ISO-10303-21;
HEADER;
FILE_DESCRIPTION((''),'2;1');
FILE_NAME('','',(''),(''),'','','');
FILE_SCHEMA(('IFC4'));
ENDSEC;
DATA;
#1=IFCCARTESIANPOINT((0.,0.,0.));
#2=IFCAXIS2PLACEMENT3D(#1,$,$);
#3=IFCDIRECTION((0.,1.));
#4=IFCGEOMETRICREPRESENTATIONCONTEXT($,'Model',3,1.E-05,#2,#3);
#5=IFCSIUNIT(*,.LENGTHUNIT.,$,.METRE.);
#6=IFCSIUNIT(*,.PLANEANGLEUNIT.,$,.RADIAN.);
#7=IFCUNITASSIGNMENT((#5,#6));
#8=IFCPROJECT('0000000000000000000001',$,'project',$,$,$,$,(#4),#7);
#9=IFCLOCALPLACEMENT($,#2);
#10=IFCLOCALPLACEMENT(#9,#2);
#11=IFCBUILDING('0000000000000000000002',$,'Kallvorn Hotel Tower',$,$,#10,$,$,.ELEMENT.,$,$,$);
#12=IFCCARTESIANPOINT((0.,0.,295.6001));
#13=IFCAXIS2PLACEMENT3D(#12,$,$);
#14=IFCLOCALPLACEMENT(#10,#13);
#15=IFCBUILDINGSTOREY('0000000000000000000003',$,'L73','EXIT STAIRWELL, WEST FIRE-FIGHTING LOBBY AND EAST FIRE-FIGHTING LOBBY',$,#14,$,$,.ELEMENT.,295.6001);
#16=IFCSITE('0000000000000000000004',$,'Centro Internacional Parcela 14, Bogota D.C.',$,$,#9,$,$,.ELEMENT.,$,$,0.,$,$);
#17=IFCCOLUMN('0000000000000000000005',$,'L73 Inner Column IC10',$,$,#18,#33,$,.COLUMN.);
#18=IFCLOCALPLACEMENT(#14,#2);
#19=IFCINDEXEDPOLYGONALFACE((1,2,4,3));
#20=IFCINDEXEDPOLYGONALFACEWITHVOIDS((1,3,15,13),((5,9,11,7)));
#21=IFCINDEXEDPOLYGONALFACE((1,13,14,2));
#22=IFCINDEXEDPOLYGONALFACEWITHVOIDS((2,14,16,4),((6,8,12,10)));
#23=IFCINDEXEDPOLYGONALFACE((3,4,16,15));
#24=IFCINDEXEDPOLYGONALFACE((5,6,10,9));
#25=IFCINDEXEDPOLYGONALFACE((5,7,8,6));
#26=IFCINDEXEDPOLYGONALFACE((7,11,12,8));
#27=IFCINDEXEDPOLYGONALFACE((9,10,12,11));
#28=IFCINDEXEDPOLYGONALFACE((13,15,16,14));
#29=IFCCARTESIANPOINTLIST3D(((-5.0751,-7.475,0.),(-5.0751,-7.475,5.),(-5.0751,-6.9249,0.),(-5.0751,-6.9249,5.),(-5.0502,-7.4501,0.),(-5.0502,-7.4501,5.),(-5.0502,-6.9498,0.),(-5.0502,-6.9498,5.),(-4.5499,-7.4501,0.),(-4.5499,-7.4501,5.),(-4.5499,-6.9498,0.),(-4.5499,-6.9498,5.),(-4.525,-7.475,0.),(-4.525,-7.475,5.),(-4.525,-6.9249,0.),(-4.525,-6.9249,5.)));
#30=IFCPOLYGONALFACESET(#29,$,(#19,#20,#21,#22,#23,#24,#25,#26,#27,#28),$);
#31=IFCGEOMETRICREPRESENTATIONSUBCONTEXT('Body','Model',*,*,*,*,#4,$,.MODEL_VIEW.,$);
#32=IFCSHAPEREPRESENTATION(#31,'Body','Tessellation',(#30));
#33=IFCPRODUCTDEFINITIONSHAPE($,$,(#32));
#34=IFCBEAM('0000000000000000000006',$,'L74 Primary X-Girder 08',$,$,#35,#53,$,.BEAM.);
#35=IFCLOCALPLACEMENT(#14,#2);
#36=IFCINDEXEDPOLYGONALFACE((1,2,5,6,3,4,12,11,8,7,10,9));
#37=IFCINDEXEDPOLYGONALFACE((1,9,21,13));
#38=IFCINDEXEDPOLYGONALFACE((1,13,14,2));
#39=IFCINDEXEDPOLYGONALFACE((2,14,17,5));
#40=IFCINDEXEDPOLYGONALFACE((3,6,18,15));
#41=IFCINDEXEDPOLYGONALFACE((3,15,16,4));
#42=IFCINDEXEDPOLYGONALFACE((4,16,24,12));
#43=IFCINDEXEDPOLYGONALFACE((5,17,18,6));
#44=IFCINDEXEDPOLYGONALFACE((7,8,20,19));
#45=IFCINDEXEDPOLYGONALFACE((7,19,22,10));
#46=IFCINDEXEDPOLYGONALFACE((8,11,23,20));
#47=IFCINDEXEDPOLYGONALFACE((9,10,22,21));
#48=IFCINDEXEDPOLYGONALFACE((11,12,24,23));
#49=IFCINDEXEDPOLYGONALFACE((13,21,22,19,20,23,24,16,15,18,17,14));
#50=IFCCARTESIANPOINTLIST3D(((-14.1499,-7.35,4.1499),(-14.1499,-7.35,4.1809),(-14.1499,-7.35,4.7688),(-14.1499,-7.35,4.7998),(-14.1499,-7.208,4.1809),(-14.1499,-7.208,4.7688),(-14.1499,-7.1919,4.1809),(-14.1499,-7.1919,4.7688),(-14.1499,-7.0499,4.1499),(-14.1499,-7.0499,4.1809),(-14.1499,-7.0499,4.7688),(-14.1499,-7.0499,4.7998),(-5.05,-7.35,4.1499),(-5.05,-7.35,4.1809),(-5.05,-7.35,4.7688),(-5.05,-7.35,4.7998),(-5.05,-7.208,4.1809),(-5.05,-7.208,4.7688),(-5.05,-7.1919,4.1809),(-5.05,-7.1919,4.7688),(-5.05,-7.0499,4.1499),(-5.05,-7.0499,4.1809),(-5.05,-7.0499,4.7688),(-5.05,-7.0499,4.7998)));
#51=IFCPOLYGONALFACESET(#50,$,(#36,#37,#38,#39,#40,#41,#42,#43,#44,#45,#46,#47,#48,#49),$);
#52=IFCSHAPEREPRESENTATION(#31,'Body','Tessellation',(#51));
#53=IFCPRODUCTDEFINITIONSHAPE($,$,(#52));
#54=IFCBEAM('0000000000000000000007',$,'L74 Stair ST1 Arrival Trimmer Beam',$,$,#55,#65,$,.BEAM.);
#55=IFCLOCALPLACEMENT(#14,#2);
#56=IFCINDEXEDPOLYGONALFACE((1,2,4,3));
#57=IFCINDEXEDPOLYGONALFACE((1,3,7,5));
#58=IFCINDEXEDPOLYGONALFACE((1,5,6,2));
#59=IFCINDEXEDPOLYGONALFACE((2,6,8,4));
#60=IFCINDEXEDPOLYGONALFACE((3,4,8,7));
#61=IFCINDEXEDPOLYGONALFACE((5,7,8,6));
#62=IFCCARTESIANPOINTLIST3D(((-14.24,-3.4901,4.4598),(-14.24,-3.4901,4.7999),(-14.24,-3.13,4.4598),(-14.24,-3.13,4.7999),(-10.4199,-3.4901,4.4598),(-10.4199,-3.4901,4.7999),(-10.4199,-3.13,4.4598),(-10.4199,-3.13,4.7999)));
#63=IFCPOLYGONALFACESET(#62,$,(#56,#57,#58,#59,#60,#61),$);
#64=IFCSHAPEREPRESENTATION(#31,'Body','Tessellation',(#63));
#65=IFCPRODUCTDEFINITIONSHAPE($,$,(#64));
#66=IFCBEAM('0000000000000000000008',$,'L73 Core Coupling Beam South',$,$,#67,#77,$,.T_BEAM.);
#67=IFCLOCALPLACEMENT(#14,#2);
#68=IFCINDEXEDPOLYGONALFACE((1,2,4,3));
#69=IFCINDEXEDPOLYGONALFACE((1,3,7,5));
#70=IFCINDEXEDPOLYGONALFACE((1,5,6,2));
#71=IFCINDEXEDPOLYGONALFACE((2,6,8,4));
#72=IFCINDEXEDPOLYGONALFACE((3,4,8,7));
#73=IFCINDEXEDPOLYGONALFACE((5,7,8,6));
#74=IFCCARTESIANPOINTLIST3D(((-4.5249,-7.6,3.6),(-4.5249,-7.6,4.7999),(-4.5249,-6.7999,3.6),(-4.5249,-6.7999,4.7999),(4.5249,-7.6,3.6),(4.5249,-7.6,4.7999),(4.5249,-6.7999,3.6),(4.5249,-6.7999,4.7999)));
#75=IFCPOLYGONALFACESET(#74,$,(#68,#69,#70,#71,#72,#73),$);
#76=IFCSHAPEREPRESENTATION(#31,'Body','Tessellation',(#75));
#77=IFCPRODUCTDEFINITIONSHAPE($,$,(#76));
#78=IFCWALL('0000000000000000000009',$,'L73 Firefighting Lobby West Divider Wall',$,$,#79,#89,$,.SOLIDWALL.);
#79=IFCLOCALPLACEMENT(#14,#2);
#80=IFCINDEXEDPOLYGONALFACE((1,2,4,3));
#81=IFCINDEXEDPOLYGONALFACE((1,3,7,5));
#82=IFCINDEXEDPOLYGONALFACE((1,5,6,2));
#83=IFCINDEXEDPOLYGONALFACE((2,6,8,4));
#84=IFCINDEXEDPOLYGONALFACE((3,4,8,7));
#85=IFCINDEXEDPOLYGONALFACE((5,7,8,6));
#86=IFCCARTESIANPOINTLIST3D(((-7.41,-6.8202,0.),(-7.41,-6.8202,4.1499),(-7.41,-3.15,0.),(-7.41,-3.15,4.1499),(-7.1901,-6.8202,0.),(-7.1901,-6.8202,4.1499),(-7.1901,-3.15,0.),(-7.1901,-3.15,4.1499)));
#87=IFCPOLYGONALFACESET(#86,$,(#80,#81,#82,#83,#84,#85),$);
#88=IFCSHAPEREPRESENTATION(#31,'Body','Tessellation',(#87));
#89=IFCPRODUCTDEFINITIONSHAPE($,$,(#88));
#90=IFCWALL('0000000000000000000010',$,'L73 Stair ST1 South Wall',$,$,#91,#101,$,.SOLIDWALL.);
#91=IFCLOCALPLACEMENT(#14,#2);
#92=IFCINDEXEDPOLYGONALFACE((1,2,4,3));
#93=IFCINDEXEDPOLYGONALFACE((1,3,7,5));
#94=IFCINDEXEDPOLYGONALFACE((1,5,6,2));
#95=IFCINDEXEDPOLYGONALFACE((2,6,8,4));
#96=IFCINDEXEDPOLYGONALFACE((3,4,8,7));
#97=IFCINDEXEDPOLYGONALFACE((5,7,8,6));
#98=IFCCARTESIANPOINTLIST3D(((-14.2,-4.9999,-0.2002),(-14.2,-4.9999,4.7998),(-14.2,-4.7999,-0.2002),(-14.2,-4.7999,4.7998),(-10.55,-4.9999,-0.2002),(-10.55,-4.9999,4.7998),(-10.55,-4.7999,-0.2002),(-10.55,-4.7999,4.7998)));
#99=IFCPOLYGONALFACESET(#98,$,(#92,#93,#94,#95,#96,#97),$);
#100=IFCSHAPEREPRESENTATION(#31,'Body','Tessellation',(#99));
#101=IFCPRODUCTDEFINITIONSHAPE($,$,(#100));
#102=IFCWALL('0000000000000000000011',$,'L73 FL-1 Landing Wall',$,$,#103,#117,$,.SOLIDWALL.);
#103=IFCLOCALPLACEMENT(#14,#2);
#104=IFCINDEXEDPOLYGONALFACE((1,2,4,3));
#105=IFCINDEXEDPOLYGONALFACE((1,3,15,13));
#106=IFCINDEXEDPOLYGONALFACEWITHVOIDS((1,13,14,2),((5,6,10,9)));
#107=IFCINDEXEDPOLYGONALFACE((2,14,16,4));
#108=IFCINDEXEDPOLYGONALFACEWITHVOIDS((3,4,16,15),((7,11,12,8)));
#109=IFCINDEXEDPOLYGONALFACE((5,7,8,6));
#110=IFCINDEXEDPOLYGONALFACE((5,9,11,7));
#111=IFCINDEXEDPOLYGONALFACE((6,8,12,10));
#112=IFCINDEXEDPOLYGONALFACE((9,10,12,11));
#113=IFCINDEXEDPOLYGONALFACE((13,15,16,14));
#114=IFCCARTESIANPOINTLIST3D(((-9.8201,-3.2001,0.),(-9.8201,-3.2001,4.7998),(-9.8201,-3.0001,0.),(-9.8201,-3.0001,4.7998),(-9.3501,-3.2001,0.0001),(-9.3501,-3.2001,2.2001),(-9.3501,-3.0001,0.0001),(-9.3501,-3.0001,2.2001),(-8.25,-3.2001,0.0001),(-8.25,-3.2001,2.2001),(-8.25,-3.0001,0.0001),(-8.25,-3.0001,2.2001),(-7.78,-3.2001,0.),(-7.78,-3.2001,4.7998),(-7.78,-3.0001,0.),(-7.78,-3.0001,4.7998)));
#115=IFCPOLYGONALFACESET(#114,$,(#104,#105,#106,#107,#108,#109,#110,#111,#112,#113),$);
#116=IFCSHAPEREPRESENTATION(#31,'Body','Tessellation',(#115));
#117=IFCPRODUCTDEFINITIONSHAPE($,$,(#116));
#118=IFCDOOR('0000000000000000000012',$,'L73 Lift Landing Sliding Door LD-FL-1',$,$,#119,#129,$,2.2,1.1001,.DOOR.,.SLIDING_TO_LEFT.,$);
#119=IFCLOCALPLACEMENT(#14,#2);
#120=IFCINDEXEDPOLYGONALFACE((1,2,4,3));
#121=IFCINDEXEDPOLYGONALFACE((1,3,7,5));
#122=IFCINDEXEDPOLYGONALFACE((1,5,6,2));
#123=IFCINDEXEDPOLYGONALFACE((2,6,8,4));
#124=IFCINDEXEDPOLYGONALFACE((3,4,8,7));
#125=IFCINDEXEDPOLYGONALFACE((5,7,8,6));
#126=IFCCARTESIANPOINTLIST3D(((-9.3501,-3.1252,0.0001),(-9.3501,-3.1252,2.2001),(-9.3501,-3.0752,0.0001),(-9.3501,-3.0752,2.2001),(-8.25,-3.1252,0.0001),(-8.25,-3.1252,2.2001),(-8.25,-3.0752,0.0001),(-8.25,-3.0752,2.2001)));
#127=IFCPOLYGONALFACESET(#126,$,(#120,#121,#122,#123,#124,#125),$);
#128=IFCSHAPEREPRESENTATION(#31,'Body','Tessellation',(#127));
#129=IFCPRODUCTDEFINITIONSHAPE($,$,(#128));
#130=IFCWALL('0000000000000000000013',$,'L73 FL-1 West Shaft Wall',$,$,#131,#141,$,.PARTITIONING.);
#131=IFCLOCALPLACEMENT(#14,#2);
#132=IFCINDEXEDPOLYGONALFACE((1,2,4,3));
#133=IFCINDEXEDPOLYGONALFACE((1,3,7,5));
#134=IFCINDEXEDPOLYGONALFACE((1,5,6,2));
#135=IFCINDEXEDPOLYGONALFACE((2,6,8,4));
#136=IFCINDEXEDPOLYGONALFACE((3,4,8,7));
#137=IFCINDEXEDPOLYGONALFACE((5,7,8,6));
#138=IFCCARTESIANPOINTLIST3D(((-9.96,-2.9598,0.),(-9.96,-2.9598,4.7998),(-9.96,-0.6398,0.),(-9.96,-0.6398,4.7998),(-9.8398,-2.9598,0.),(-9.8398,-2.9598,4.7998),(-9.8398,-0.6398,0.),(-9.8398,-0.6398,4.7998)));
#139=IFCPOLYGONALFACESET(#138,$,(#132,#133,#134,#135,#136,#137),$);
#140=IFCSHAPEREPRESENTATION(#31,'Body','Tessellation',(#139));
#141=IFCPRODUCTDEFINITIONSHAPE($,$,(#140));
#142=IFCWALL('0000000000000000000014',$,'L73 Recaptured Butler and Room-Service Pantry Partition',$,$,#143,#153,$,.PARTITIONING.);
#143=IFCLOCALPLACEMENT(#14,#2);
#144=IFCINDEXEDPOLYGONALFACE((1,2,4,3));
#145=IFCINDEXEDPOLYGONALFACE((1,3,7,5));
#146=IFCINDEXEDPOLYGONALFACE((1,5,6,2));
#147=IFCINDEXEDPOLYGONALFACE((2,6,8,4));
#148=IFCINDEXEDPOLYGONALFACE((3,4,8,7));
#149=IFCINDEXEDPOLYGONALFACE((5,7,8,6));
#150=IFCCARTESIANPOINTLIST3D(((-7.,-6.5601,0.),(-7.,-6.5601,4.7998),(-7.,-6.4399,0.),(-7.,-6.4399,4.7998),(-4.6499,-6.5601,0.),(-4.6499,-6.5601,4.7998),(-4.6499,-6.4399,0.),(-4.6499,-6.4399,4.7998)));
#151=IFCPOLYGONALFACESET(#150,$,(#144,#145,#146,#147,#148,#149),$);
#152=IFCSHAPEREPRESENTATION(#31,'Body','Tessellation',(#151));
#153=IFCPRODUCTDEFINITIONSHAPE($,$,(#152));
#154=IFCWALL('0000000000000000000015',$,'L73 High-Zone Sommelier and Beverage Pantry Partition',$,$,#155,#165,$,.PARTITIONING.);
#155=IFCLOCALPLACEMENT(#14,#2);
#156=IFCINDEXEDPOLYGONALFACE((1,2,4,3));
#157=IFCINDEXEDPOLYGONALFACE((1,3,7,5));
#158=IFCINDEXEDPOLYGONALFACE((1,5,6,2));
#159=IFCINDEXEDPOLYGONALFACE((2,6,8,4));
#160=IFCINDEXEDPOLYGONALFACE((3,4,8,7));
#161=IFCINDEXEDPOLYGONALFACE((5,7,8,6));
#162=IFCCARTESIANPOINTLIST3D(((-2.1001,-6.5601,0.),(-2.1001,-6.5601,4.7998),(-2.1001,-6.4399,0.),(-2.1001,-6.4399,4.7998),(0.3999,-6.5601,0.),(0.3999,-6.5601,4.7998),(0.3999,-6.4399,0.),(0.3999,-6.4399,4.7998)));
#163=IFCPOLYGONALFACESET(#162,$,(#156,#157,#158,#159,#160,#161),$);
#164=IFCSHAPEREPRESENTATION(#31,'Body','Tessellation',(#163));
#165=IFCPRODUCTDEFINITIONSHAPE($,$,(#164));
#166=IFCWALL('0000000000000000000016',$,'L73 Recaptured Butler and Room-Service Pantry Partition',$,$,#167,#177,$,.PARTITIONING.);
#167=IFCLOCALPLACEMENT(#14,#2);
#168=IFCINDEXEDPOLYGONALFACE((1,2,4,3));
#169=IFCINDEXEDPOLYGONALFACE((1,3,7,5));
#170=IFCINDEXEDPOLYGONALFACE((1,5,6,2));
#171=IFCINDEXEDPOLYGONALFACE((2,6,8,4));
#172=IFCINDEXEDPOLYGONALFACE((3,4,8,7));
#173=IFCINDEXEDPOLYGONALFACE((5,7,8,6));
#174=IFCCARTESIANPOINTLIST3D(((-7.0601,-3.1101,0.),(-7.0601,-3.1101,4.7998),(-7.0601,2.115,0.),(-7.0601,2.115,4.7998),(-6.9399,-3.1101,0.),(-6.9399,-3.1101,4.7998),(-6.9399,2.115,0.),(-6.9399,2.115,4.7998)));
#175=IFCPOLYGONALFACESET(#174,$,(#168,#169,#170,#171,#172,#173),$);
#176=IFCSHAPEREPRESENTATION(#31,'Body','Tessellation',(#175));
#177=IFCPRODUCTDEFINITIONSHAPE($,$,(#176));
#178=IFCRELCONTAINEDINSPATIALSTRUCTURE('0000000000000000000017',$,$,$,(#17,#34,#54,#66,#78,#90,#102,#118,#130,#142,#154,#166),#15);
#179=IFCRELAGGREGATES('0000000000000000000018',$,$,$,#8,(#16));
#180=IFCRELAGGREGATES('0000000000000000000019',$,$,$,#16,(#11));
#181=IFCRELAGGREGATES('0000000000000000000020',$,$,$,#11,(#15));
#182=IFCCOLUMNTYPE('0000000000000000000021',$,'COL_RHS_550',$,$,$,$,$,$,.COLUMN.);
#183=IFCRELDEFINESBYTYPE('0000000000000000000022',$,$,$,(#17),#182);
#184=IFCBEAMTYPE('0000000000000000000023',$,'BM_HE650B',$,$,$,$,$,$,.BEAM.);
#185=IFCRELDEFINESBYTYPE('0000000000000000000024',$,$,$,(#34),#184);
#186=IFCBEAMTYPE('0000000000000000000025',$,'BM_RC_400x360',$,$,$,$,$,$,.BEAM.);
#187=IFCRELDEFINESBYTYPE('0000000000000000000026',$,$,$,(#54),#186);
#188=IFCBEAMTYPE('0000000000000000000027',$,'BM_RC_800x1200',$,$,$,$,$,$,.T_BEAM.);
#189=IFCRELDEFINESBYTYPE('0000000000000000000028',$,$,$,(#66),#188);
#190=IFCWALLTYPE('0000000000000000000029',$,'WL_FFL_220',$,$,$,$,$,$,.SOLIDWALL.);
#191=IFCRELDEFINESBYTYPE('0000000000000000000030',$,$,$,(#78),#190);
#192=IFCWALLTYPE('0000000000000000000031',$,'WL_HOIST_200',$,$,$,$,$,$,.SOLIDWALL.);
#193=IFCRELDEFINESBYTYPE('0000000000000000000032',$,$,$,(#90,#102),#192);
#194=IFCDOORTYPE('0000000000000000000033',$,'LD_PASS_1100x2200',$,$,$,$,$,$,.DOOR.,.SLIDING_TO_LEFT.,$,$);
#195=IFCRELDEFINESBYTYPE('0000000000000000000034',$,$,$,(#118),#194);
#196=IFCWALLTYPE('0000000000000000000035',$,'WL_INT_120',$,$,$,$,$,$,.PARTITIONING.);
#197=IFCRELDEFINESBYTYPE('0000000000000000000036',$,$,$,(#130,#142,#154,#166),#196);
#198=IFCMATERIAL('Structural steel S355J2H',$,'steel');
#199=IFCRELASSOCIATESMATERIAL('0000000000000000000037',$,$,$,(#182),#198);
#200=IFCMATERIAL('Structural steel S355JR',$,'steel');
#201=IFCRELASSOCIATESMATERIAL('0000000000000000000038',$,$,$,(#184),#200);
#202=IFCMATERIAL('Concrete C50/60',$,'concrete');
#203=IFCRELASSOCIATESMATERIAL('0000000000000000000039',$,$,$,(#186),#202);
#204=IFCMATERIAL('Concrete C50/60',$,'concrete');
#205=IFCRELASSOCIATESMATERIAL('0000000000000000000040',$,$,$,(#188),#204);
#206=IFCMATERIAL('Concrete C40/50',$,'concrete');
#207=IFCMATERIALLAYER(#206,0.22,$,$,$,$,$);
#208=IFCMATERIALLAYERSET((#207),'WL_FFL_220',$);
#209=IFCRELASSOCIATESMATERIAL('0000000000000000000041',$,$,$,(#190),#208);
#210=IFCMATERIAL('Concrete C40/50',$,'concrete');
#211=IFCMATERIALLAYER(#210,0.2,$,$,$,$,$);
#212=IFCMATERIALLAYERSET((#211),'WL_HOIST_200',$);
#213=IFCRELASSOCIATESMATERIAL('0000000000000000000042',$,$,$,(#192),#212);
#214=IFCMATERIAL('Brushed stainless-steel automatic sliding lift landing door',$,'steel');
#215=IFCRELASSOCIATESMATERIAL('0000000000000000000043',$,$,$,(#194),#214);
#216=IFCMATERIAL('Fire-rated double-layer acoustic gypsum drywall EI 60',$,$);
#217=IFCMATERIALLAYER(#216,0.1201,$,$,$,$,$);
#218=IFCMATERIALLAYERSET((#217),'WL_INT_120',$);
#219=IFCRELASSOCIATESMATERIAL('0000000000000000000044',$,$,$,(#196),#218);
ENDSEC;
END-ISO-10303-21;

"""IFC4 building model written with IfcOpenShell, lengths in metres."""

from ifc_helpers import new_model, si_unit, direction, frame, frame_2d, origin, origin_2d, place, context, subcontext, project, spatial, rectangle, hollow_rectangle, i_section, extrude, material, layer, layer_set, material_profile, profile_set, type_object, element, fill, save


model = new_model("IFC4")

# Units and contexts
model_context = context("Model", 3, precision=1e-05, world=origin(), true_north=direction((0.0, 1.0)))
body_context = subcontext(model_context, "Body", "Model", "MODEL_VIEW")
ifc_project = project(units=[si_unit("LENGTHUNIT", "METRE"), si_unit("PLANEANGLEUNIT", "RADIAN")], contexts=[model_context])

# Site, building, storey
site_placement = place(None, origin())
site = spatial("IfcSite", under=ifc_project, at=site_placement, Name="Centro Internacional Parcela 14, Bogota D.C.", CompositionType="ELEMENT", RefElevation=0.0)
building_placement = place(site_placement, origin())
building = spatial("IfcBuilding", under=site, at=building_placement, Name="Kallvorn Hotel Tower", CompositionType="ELEMENT")
storey_placement = place(building_placement, frame((0.0, 0.0, 295.6001)))
storey = spatial("IfcBuildingStorey", under=building, at=storey_placement, Name="L73", Description="EXIT STAIRWELL, WEST FIRE-FIGHTING LOBBY AND EAST FIRE-FIGHTING LOBBY", CompositionType="ELEMENT", Elevation=295.6001)

# Column
ifc_material_1 = material(Name="Structural steel S355J2H", Category="steel")
ifc_material_profile_1 = material_profile(ifc_material_1, hollow_rectangle(XDim=0.55, YDim=0.55, WallThickness=0.0249, at=origin_2d()), Name="RHS 550x550x25")
ifc_profile_set_1 = profile_set([ifc_material_profile_1], Name="Structural steel S355J2H")
column_type = type_object("IfcColumnType", Name="COL_RHS_550", PredefinedType="COLUMN", material=ifc_profile_set_1)
column_placement = place(storey_placement, frame((-4.8, -7.2, 0.0), z_axis=(0.0, 0.0, 1.0), x_axis=(1.0, 0.0, 0.0)))
element("IfcColumn", 1, at=column_placement, inside=storey, type_object=column_type, Name="L73 Inner Column IC10", PredefinedType="COLUMN", context=body_context, shape_type="SweptSolid", body=[
    extrude(hollow_rectangle(XDim=0.55, YDim=0.55, WallThickness=0.0249, at=origin_2d()), origin(), (0.0, 0.0, 1.0), 5.0),
])

# Beams
ifc_material_2 = material(Name="Structural steel S355JR", Category="steel")
ifc_material_profile_2 = material_profile(ifc_material_2, i_section(OverallWidth=0.3, OverallDepth=0.6499, WebThickness=0.0161, FlangeThickness=0.031, at=origin_2d()), Name="HE 650 B")
ifc_profile_set_2 = profile_set([ifc_material_profile_2], Name="Structural steel S355JR")
beam_type_1 = type_object("IfcBeamType", Name="BM_HE650B", PredefinedType="BEAM", material=ifc_profile_set_2)
beam_1_placement = place(storey_placement, frame((-14.1499, -7.2, 4.4749), z_axis=(1.0, 0.0, 0.0), x_axis=(0.0, 1.0, 0.0)))
element("IfcBeam", 2, at=beam_1_placement, inside=storey, type_object=beam_type_1, Name="L74 Primary X-Girder 08", PredefinedType="BEAM", context=body_context, shape_type="SweptSolid", body=[
    extrude(i_section(OverallWidth=0.3, OverallDepth=0.6499, WebThickness=0.0161, FlangeThickness=0.031, at=origin_2d()), origin(), (0.0, 0.0, 1.0), 9.0999),
])
ifc_material_3 = material(Name="Concrete C50/60", Category="concrete")
ifc_material_profile_3 = material_profile(ifc_material_3, rectangle(XDim=0.3601, YDim=0.3401, at=origin_2d()), Name="RC 360x340")
ifc_profile_set_3 = profile_set([ifc_material_profile_3], Name="Concrete C50/60")
beam_type_2 = type_object("IfcBeamType", Name="BM_RC_400x360", PredefinedType="BEAM", material=ifc_profile_set_3)
beam_2_placement = place(storey_placement, frame((-10.4199, -3.3101, 4.6299), z_axis=(-1.0, 0.0, 0.0), x_axis=(0.0, -1.0, 0.0)))
element("IfcBeam", 3, at=beam_2_placement, inside=storey, type_object=beam_type_2, Name="L74 Stair ST1 Arrival Trimmer Beam", PredefinedType="BEAM", context=body_context, shape_type="SweptSolid", body=[
    extrude(rectangle(XDim=0.3601, YDim=0.3401, at=origin_2d()), origin(), (0.0, 0.0, 1.0), 3.8201),
])
ifc_material_4 = material(Name="Concrete C50/60", Category="concrete")
ifc_material_profile_4 = material_profile(ifc_material_4, rectangle(XDim=0.8, YDim=1.2, at=origin_2d()), Name="RC 800x1200")
ifc_profile_set_4 = profile_set([ifc_material_profile_4], Name="Concrete C50/60")
beam_type_3 = type_object("IfcBeamType", Name="BM_RC_800x1200", PredefinedType="T_BEAM", material=ifc_profile_set_4)
beam_3_placement = place(storey_placement, frame((-4.5249, -7.2, 4.2), z_axis=(1.0, 0.0, 0.0), x_axis=(0.0, 1.0, 0.0)))
element("IfcBeam", 4, at=beam_3_placement, inside=storey, type_object=beam_type_3, Name="L73 Core Coupling Beam South", PredefinedType="T_BEAM", context=body_context, shape_type="SweptSolid", body=[
    extrude(rectangle(XDim=0.8, YDim=1.2, at=origin_2d()), origin(), (0.0, 0.0, 1.0), 9.0498),
])

# Walls
ifc_material_5 = material(Name="Concrete C40/50", Category="concrete")
ifc_layer_1 = layer(ifc_material_5, 0.22)
ifc_layer_set_1 = layer_set([ifc_layer_1], Name="WL_FFL_220")
wall_type_1 = type_object("IfcWallType", Name="WL_FFL_220", PredefinedType="SOLIDWALL", material=ifc_layer_set_1)
wall_1_placement = place(storey_placement, frame((-7.3, -6.8201, 0.0), z_axis=(0.0, 0.0, 1.0), x_axis=(0.0, 1.0, 0.0)))
element("IfcWall", 5, at=wall_1_placement, inside=storey, type_object=wall_type_1, Name="L73 Firefighting Lobby West Divider Wall", PredefinedType="SOLIDWALL", context=body_context, shape_type="SweptSolid", body=[
    extrude(rectangle(XDim=3.6702, YDim=0.22, at=frame_2d((1.835, 0.0))), origin(), (0.0, 0.0, 1.0), 4.1499),
])
ifc_material_6 = material(Name="Concrete C40/50", Category="concrete")
ifc_layer_2 = layer(ifc_material_6, 0.2)
ifc_layer_set_2 = layer_set([ifc_layer_2], Name="WL_HOIST_200")
wall_type_2 = type_object("IfcWallType", Name="WL_HOIST_200", PredefinedType="SOLIDWALL", material=ifc_layer_set_2)
wall_2_placement = place(storey_placement, frame((-14.2, -4.8999, -0.2002), z_axis=(0.0, 0.0, 1.0), x_axis=(1.0, 0.0, 0.0)))
element("IfcWall", 6, at=wall_2_placement, inside=storey, type_object=wall_type_2, Name="L73 Stair ST1 South Wall", PredefinedType="SOLIDWALL", context=body_context, shape_type="SweptSolid", body=[
    extrude(rectangle(XDim=3.6499, YDim=0.2, at=frame_2d((1.825, 0.0))), origin(), (0.0, 0.0, 1.0), 5.0),
])

# Wall, opening, door
wall_3_placement = place(storey_placement, frame((-9.8201, -3.1001, 0.0), z_axis=(0.0, 0.0, 1.0), x_axis=(1.0, 0.0, 0.0)))
wall_3 = element("IfcWall", 7, at=wall_3_placement, inside=storey, type_object=wall_type_2, Name="L73 FL-1 Landing Wall", PredefinedType="SOLIDWALL", context=body_context, shape_type="SweptSolid", body=[
    extrude(rectangle(XDim=2.04, YDim=0.2, at=frame_2d((1.02, 0.0))), origin(), (0.0, 0.0, 1.0), 4.7998),
])
opening_1_placement = place(wall_3_placement, frame((0.47, 0.0, 0.0)))
opening_1 = element("IfcOpeningElement", 8, at=opening_1_placement, cuts=wall_3, PredefinedType="OPENING", context=body_context, shape_type="SweptSolid", body=[
    extrude(rectangle(XDim=1.1001, YDim=2.2, at=frame_2d((0.55, 1.1001))), frame((0.0, 0.115, 0.0), z_axis=(0.0, -1.0, 0.0), x_axis=(1.0, 0.0, 0.0)), (0.0, 0.0, 1.0), 0.23),
])
ifc_material_7 = material(Name="Brushed stainless-steel automatic sliding lift landing door", Category="steel")
door_type_1 = type_object("IfcDoorType", Name="LD_PASS_1100x2200", OperationType="SLIDING_TO_LEFT", PredefinedType="DOOR", material=ifc_material_7)
door_1_placement = place(opening_1_placement, origin())
door_1 = element("IfcDoor", 9, at=door_1_placement, inside=storey, type_object=door_type_1, Name="L73 Lift Landing Sliding Door LD-FL-1", OperationType="SLIDING_TO_LEFT", OverallHeight=2.2, OverallWidth=1.1001, PredefinedType="DOOR", context=body_context, shape_type="SweptSolid", body=[
    extrude(rectangle(XDim=1.1001, YDim=2.2, at=frame_2d((0.55, 1.1001))), frame((0.0, 0.0249, 0.0), z_axis=(0.0, -1.0, 0.0), x_axis=(1.0, 0.0, 0.0)), (0.0, 0.0, 1.0), 0.05),
])
fill(opening_1, door_1)

# Walls
ifc_material_8 = material(Name="Fire-rated double-layer acoustic gypsum drywall EI 60")
ifc_layer_3 = layer(ifc_material_8, 0.1201)
ifc_layer_set_3 = layer_set([ifc_layer_3], Name="WL_INT_120")
wall_type_3 = type_object("IfcWallType", Name="WL_INT_120", PredefinedType="PARTITIONING", material=ifc_layer_set_3)
wall_4_placement = place(storey_placement, frame((-9.8999, -2.96, 0.0), z_axis=(0.0, 0.0, 1.0), x_axis=(0.0, 1.0, 0.0)))
element("IfcWall", 10, at=wall_4_placement, inside=storey, type_object=wall_type_3, Name="L73 FL-1 West Shaft Wall", PredefinedType="PARTITIONING", context=body_context, shape_type="SweptSolid", body=[
    extrude(rectangle(XDim=2.3201, YDim=0.1201, at=frame_2d((1.1602, 0.0))), origin(), (0.0, 0.0, 1.0), 4.7998),
])
wall_5_placement = place(storey_placement, frame((-7.0, -6.5, 0.0), z_axis=(0.0, 0.0, 1.0), x_axis=(1.0, 0.0, 0.0)))
element("IfcWall", 11, at=wall_5_placement, inside=storey, type_object=wall_type_3, Name="L73 Recaptured Butler and Room-Service Pantry Partition", PredefinedType="PARTITIONING", context=body_context, shape_type="SweptSolid", body=[
    extrude(rectangle(XDim=2.3501, YDim=0.1201, at=frame_2d((1.175, 0.0))), origin(), (0.0, 0.0, 1.0), 4.7998),
])
wall_6_placement = place(storey_placement, frame((-2.1001, -6.5, 0.0), z_axis=(0.0, 0.0, 1.0), x_axis=(1.0, 0.0, 0.0)))
element("IfcWall", 12, at=wall_6_placement, inside=storey, type_object=wall_type_3, Name="L73 High-Zone Sommelier and Beverage Pantry Partition", PredefinedType="PARTITIONING", context=body_context, shape_type="SweptSolid", body=[
    extrude(rectangle(XDim=2.5, YDim=0.1201, at=frame_2d((1.25, 0.0))), origin(), (0.0, 0.0, 1.0), 4.7998),
])
wall_7_placement = place(storey_placement, frame((-7.0, -3.1101, 0.0), z_axis=(0.0, 0.0, 1.0), x_axis=(0.0, 1.0, 0.0)))
element("IfcWall", 13, at=wall_7_placement, inside=storey, type_object=wall_type_3, Name="L73 Recaptured Butler and Room-Service Pantry Partition", PredefinedType="PARTITIONING", context=body_context, shape_type="SweptSolid", body=[
    extrude(rectangle(XDim=5.2251, YDim=0.1201, at=frame_2d((2.6125, 0.0))), origin(), (0.0, 0.0, 1.0), 4.7998),
])

save(model, "model.ifc")
